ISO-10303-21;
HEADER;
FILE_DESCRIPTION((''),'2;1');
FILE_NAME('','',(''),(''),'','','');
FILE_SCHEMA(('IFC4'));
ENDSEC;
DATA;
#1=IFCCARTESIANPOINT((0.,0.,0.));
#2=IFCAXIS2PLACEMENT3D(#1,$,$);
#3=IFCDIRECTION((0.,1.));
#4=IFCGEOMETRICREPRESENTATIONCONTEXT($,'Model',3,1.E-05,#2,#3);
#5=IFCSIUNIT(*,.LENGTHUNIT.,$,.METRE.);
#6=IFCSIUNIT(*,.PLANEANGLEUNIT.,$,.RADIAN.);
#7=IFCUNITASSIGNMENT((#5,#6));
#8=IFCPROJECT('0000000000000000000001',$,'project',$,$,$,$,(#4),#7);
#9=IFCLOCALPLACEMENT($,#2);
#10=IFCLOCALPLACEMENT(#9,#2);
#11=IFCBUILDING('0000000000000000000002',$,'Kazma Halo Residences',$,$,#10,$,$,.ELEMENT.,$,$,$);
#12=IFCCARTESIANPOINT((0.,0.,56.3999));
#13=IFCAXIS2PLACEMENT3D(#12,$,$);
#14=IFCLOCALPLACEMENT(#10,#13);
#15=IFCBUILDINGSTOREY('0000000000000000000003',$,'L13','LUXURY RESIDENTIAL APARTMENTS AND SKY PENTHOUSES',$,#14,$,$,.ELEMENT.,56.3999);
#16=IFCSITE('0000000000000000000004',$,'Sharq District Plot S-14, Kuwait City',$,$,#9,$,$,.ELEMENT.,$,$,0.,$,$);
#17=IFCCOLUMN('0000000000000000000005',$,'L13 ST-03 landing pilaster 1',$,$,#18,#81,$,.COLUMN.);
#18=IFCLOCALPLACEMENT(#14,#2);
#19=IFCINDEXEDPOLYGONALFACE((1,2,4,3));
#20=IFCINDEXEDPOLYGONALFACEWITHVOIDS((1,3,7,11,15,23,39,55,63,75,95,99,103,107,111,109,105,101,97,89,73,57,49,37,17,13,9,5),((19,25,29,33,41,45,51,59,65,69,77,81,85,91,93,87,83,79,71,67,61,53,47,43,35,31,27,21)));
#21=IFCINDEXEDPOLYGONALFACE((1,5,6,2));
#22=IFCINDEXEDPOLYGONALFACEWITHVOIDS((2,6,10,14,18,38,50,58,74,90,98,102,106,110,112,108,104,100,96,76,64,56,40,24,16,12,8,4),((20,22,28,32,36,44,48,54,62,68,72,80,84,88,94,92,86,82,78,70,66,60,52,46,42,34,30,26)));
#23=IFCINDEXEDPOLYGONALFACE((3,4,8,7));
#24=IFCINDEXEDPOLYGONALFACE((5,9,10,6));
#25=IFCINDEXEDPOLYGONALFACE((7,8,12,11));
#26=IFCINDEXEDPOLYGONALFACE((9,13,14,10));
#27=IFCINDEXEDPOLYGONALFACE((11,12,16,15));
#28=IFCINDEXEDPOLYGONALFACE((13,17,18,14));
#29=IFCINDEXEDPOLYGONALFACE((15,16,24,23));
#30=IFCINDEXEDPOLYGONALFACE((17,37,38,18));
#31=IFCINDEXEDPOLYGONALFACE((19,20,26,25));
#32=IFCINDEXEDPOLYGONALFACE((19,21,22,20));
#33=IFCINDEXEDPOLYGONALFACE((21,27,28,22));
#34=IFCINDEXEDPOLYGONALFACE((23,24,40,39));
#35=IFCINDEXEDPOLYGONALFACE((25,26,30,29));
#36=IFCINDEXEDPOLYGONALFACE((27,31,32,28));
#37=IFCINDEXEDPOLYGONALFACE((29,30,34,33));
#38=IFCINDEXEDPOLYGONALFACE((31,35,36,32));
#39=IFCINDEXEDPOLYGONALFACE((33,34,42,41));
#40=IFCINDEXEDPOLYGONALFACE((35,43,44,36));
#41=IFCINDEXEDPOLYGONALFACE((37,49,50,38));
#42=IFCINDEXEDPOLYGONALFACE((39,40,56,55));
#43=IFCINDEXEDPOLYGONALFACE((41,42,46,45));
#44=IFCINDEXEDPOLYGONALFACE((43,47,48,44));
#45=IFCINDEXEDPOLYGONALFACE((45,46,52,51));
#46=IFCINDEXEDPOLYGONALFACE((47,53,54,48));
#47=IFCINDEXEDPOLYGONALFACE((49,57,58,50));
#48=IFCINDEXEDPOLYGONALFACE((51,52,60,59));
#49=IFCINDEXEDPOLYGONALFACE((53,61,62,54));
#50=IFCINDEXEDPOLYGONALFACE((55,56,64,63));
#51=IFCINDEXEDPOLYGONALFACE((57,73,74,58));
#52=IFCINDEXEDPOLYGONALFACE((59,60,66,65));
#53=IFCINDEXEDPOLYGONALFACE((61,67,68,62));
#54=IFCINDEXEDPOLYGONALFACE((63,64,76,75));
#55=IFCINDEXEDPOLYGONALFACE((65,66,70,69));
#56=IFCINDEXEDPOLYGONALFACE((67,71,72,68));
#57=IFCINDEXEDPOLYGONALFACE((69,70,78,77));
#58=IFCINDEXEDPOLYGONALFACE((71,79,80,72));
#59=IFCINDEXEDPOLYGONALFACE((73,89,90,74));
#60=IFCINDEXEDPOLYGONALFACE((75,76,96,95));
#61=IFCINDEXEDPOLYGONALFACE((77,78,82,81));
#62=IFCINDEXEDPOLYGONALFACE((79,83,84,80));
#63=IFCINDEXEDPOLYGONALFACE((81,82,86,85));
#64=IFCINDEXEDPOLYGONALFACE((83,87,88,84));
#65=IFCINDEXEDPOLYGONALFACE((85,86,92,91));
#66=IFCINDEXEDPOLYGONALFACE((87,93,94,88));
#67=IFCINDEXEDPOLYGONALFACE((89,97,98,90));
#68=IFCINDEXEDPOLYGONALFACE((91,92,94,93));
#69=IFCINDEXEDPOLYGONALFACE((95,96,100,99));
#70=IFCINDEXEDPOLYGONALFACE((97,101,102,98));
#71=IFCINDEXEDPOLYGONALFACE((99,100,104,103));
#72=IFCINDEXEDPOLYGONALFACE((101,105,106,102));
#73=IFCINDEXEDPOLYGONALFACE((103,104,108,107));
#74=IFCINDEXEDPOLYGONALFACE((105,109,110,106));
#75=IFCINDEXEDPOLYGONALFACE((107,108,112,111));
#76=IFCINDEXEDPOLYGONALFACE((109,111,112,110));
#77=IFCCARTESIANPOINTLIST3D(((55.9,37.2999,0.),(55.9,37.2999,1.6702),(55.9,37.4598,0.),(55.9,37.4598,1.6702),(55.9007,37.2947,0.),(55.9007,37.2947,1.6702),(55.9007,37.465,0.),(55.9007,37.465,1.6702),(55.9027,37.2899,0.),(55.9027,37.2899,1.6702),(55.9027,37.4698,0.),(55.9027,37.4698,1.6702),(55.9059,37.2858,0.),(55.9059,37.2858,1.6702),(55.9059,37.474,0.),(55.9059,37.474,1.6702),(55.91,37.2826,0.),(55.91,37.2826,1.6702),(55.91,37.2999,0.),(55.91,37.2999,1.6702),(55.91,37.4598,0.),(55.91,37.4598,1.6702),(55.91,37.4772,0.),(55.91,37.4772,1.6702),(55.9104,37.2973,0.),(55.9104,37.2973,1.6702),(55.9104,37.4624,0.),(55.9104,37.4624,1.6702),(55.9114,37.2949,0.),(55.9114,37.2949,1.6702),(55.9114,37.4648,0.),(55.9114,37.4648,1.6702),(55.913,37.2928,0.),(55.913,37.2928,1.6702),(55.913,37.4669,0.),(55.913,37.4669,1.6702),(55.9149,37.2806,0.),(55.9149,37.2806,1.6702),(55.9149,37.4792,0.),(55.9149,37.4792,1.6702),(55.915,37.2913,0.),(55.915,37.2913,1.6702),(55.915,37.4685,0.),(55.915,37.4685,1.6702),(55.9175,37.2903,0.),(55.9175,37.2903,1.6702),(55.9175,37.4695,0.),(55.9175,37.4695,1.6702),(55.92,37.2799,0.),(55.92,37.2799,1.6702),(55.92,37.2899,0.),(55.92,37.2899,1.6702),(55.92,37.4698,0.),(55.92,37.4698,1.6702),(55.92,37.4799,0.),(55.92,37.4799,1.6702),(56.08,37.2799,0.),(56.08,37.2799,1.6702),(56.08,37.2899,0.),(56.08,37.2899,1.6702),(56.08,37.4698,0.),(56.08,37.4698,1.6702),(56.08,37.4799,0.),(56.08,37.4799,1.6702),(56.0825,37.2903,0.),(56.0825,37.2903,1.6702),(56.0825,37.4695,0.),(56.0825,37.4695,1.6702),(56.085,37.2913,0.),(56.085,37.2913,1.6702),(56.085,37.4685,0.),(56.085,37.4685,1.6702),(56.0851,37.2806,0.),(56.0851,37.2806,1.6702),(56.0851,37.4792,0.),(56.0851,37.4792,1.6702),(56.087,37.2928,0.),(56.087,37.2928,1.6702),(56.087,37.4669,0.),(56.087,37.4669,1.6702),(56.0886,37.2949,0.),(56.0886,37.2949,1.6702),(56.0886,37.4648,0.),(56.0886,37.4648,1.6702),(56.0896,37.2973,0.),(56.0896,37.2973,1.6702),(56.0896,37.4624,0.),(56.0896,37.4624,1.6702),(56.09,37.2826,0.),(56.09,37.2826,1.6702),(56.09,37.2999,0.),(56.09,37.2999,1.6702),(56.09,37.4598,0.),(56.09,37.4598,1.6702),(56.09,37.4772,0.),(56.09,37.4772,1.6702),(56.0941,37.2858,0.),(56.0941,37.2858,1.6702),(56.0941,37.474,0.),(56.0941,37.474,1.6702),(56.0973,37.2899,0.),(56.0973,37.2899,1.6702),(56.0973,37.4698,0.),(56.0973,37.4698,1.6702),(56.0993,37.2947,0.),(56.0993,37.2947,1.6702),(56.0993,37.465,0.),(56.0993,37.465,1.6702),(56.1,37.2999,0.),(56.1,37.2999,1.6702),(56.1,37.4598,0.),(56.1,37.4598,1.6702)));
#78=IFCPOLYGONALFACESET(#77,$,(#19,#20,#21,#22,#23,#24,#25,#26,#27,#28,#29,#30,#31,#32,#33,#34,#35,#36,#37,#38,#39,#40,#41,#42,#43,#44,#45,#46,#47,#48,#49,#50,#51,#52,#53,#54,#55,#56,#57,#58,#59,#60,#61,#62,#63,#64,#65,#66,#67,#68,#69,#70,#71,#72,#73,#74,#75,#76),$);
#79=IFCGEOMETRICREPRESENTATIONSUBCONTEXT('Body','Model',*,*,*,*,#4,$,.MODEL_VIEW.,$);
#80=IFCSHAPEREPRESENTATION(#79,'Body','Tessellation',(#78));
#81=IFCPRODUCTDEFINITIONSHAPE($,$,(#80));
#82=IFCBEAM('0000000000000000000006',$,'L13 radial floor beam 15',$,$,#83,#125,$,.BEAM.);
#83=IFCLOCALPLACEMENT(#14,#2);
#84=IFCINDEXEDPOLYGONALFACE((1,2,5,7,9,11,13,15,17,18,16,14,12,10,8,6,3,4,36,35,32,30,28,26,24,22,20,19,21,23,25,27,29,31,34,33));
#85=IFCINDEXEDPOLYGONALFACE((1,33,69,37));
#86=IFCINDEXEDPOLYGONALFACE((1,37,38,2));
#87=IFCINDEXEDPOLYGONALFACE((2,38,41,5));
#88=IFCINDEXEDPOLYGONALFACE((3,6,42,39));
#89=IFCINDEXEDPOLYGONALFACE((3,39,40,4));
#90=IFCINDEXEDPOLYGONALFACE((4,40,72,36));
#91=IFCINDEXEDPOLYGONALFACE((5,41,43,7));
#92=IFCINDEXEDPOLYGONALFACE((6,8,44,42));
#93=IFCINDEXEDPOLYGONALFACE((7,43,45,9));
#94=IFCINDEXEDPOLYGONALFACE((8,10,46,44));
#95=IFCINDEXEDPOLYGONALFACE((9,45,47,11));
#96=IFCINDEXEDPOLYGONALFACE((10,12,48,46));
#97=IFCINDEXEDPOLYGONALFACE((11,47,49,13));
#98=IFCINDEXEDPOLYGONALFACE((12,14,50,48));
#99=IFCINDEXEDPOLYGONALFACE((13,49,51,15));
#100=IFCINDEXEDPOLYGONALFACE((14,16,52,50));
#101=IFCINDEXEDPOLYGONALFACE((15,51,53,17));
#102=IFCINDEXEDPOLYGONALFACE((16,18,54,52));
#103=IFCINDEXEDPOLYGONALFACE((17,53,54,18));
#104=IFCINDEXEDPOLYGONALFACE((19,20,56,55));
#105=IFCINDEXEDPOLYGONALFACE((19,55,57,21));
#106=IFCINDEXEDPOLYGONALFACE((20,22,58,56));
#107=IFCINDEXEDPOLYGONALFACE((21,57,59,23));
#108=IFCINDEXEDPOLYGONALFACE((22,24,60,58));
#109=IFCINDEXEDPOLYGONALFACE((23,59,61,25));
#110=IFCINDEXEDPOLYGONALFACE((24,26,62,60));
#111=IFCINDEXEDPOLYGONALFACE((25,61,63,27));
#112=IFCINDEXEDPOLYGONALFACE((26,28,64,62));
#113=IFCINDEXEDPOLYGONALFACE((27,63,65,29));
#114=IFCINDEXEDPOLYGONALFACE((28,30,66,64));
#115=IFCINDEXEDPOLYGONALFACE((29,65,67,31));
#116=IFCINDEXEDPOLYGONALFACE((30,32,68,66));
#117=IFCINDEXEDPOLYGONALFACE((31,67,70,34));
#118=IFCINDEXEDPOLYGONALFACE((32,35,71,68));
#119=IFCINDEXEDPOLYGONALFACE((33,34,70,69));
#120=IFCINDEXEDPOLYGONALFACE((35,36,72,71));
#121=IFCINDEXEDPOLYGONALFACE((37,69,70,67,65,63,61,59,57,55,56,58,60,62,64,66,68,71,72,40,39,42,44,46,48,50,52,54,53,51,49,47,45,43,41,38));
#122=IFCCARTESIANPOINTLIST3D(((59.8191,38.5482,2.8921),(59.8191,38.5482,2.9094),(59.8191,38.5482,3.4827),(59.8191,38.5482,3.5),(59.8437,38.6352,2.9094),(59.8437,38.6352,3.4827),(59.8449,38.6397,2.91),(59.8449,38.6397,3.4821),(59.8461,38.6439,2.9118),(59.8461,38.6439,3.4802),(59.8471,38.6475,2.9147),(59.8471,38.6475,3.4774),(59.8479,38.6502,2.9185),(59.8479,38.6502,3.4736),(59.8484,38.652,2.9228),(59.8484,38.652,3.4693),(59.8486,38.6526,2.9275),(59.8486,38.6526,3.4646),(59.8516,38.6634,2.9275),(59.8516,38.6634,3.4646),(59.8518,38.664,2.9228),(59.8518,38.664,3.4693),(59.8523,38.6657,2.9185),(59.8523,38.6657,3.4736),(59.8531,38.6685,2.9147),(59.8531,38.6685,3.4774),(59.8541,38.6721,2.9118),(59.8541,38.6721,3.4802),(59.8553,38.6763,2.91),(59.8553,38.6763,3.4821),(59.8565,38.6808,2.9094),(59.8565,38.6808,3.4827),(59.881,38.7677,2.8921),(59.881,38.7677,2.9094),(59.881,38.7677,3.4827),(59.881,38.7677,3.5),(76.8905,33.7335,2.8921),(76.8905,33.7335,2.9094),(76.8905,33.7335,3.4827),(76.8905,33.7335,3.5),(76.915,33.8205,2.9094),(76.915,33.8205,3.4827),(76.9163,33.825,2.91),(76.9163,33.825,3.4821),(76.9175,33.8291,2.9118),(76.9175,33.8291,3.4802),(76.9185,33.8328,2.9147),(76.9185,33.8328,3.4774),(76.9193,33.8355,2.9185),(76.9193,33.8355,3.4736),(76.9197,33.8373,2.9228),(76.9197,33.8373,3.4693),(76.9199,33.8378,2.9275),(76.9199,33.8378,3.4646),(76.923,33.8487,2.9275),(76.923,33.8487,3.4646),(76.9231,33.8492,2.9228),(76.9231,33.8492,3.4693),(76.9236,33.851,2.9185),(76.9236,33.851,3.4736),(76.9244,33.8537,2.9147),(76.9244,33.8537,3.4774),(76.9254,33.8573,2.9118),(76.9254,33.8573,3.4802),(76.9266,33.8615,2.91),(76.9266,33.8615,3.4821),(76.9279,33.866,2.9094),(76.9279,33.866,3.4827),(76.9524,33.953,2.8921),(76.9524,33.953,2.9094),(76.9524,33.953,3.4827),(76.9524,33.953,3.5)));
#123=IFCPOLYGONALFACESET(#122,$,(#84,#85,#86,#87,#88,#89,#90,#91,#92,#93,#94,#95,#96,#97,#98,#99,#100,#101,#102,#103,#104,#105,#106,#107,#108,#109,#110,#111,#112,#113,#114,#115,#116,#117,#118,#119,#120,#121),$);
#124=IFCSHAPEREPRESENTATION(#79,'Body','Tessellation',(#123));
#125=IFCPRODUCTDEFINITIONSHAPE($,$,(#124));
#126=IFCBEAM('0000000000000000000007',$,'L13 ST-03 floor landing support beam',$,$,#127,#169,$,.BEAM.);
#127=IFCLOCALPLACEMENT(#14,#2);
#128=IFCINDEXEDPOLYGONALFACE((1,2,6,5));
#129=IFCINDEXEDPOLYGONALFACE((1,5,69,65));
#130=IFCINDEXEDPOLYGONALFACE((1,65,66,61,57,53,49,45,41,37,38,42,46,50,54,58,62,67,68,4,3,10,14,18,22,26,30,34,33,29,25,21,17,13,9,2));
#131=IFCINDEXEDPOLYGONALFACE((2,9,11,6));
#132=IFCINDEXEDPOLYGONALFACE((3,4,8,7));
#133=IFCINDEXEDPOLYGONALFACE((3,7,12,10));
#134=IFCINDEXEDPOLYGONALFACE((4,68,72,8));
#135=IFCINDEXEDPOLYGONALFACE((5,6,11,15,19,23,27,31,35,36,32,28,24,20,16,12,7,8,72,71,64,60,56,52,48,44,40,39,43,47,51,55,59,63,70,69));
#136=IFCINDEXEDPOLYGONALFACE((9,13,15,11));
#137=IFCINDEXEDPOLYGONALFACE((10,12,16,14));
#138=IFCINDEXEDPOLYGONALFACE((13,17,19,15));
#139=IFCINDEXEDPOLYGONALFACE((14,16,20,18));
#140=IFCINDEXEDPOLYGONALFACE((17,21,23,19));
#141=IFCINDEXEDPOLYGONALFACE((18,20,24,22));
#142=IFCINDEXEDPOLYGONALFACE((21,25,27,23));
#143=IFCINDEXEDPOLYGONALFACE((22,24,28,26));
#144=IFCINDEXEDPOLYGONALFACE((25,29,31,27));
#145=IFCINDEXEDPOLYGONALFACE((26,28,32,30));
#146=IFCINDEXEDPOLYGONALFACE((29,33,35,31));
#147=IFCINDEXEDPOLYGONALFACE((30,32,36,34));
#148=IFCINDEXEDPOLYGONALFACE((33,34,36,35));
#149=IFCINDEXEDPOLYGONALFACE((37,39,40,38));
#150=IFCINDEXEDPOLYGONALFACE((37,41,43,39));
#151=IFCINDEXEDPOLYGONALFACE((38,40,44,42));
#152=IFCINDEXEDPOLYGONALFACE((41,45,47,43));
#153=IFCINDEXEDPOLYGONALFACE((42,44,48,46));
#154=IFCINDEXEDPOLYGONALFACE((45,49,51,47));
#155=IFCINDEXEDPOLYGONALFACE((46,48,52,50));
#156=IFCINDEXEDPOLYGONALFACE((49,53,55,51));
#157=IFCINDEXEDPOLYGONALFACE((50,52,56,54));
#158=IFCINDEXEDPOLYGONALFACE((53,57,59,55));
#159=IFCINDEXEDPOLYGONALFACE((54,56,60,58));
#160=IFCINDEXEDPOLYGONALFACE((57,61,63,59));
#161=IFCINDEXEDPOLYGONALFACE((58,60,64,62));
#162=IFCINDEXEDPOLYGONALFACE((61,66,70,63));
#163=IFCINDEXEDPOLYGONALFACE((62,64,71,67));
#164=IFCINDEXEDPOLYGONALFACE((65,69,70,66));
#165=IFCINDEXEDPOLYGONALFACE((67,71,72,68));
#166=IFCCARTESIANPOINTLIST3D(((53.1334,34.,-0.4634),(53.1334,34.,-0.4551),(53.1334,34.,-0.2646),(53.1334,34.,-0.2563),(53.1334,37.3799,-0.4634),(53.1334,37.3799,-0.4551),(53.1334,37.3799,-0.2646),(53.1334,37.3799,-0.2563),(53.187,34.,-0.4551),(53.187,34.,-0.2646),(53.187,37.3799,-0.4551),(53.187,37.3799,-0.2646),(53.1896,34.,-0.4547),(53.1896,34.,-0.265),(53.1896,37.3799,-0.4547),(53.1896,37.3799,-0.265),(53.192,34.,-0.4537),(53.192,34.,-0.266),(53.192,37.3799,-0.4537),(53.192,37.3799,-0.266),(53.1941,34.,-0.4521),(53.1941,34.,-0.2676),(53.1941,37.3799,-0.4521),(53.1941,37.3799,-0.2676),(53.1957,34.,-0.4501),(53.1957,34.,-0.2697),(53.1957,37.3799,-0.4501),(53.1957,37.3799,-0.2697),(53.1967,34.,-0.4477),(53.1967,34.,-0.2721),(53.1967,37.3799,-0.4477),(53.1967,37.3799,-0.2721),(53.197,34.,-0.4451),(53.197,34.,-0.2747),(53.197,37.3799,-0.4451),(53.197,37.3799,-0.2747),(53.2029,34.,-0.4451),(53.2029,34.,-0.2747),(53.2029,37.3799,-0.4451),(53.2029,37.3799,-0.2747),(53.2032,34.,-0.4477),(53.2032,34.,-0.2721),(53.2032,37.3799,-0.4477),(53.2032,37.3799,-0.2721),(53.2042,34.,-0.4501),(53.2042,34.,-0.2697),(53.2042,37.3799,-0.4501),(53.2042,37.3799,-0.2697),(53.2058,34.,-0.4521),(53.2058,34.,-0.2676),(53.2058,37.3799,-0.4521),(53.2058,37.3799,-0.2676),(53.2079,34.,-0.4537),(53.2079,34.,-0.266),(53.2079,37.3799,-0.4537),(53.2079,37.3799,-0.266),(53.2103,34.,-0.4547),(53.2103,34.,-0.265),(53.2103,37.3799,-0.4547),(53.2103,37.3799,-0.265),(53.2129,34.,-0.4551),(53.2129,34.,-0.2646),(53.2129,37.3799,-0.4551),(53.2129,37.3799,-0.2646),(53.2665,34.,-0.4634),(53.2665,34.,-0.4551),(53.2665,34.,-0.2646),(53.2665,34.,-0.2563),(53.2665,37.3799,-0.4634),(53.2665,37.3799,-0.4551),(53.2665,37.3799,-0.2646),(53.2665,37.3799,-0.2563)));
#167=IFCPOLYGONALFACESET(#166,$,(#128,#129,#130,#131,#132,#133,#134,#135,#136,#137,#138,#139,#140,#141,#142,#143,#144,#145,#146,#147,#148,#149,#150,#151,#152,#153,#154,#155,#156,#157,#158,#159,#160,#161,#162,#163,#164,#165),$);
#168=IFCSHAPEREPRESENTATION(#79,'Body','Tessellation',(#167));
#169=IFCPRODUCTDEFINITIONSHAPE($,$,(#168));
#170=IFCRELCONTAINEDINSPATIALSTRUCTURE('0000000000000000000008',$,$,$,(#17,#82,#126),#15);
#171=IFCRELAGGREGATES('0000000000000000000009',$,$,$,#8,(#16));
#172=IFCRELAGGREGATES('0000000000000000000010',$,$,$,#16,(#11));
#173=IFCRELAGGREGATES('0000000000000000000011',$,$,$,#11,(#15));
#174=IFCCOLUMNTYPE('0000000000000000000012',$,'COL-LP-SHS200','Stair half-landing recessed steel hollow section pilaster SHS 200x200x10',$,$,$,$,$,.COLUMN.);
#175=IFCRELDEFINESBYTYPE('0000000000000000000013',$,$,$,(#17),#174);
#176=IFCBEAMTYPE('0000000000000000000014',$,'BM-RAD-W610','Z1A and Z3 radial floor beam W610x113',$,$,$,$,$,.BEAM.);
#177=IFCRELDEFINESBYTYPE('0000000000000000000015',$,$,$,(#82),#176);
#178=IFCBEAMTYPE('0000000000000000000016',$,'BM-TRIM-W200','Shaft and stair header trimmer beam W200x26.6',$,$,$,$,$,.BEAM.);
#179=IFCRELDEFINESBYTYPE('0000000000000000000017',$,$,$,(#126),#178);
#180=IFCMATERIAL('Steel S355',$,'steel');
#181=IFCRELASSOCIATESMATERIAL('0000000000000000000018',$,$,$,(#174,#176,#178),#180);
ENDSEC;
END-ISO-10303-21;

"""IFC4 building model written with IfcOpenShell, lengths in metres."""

from ifc_helpers import new_model, si_unit, direction, frame, origin, origin_2d, place, context, subcontext, project, spatial, hollow_rectangle, i_section, extrude, material, material_profile, profile_set, type_object, element, save


model = new_model("IFC4")

# Units and contexts
model_context = context("Model", 3, precision=1e-05, world=origin(), true_north=direction((0.0, 1.0)))
body_context = subcontext(model_context, "Body", "Model", "MODEL_VIEW")
ifc_project = project(units=[si_unit("LENGTHUNIT", "METRE"), si_unit("PLANEANGLEUNIT", "RADIAN")], contexts=[model_context])

# Site, building, storey
site_placement = place(None, origin())
site = spatial("IfcSite", under=ifc_project, at=site_placement, Name="Sharq District Plot S-14, Kuwait City", CompositionType="ELEMENT", RefElevation=0.0)
building_placement = place(site_placement, origin())
building = spatial("IfcBuilding", under=site, at=building_placement, Name="Kazma Halo Residences", CompositionType="ELEMENT")
storey_placement = place(building_placement, frame((0.0, 0.0, 56.3999)))
storey = spatial("IfcBuildingStorey", under=building, at=storey_placement, Name="L13", Description="LUXURY RESIDENTIAL APARTMENTS AND SKY PENTHOUSES", CompositionType="ELEMENT", Elevation=56.3999)

# Column
ifc_material_1 = material(Name="Steel S355", Category="steel")
ifc_material_profile_1 = material_profile(ifc_material_1, hollow_rectangle(XDim=0.2, YDim=0.2, WallThickness=0.01, InnerFilletRadius=0.01, OuterFilletRadius=0.02, at=origin_2d()), Name="SHS200x200x10")
ifc_profile_set_1 = profile_set([ifc_material_profile_1], Name="Steel S355")
column_type = type_object("IfcColumnType", Name="COL-LP-SHS200", Description="Stair half-landing recessed steel hollow section pilaster SHS 200x200x10", PredefinedType="COLUMN", material=ifc_profile_set_1)
column_placement = place(storey_placement, frame((56.0, 37.3799, 0.0), z_axis=(0.0, 0.0, 1.0), x_axis=(1.0, 0.0, 0.0)))
element("IfcColumn", 1, at=column_placement, inside=storey, type_object=column_type, Name="L13 ST-03 landing pilaster 1", PredefinedType="COLUMN", context=body_context, shape_type="SweptSolid", body=[
    extrude(hollow_rectangle(XDim=0.2, YDim=0.2, WallThickness=0.01, InnerFilletRadius=0.01, OuterFilletRadius=0.02, at=origin_2d()), origin(), (0.0, 0.0, 1.0), 1.6702),
])

# Beams
ifc_material_profile_2 = material_profile(ifc_material_1, i_section(OverallWidth=0.228, OverallDepth=0.6079, WebThickness=0.0112, FlangeThickness=0.0173, FilletRadius=0.0181, at=origin_2d()), Name="W610x113")
ifc_profile_set_2 = profile_set([ifc_material_profile_2], Name="Steel S355")
beam_type_1 = type_object("IfcBeamType", Name="BM-RAD-W610", Description="Z1A and Z3 radial floor beam W610x113", PredefinedType="BEAM", material=ifc_profile_set_2)
beam_1_placement = place(storey_placement, frame((59.8501, 38.658, 3.196), z_axis=(0.962454, -0.271445, 0.0), x_axis=(0.271445, 0.962454, 0.0)))
element("IfcBeam", 2, at=beam_1_placement, inside=storey, type_object=beam_type_1, Name="L13 radial floor beam 15", PredefinedType="BEAM", context=body_context, shape_type="SweptSolid", body=[
    extrude(i_section(OverallWidth=0.228, OverallDepth=0.6079, WebThickness=0.0112, FlangeThickness=0.0173, FilletRadius=0.0181, at=origin_2d()), origin(), (0.0, 0.0, 1.0), 17.7373),
])
ifc_material_profile_3 = material_profile(ifc_material_1, i_section(OverallWidth=0.1331, OverallDepth=0.207, WebThickness=0.0059, FlangeThickness=0.0083, FilletRadius=0.01, at=origin_2d()), Name="W200x26.6")
ifc_profile_set_3 = profile_set([ifc_material_profile_3], Name="Steel S355")
beam_type_2 = type_object("IfcBeamType", Name="BM-TRIM-W200", Description="Shaft and stair header trimmer beam W200x26.6", PredefinedType="BEAM", material=ifc_profile_set_3)
beam_2_placement = place(storey_placement, frame((53.2, 34.0, -0.3599), z_axis=(0.0, 1.0, 0.0), x_axis=(-1.0, 0.0, 0.0)))
element("IfcBeam", 3, at=beam_2_placement, inside=storey, type_object=beam_type_2, Name="L13 ST-03 floor landing support beam", PredefinedType="BEAM", context=body_context, shape_type="SweptSolid", body=[
    extrude(i_section(OverallWidth=0.1331, OverallDepth=0.207, WebThickness=0.0059, FlangeThickness=0.0083, FilletRadius=0.01, at=origin_2d()), origin(), (0.0, 0.0, 1.0), 3.3799),
])

save(model, "model.ifc")
